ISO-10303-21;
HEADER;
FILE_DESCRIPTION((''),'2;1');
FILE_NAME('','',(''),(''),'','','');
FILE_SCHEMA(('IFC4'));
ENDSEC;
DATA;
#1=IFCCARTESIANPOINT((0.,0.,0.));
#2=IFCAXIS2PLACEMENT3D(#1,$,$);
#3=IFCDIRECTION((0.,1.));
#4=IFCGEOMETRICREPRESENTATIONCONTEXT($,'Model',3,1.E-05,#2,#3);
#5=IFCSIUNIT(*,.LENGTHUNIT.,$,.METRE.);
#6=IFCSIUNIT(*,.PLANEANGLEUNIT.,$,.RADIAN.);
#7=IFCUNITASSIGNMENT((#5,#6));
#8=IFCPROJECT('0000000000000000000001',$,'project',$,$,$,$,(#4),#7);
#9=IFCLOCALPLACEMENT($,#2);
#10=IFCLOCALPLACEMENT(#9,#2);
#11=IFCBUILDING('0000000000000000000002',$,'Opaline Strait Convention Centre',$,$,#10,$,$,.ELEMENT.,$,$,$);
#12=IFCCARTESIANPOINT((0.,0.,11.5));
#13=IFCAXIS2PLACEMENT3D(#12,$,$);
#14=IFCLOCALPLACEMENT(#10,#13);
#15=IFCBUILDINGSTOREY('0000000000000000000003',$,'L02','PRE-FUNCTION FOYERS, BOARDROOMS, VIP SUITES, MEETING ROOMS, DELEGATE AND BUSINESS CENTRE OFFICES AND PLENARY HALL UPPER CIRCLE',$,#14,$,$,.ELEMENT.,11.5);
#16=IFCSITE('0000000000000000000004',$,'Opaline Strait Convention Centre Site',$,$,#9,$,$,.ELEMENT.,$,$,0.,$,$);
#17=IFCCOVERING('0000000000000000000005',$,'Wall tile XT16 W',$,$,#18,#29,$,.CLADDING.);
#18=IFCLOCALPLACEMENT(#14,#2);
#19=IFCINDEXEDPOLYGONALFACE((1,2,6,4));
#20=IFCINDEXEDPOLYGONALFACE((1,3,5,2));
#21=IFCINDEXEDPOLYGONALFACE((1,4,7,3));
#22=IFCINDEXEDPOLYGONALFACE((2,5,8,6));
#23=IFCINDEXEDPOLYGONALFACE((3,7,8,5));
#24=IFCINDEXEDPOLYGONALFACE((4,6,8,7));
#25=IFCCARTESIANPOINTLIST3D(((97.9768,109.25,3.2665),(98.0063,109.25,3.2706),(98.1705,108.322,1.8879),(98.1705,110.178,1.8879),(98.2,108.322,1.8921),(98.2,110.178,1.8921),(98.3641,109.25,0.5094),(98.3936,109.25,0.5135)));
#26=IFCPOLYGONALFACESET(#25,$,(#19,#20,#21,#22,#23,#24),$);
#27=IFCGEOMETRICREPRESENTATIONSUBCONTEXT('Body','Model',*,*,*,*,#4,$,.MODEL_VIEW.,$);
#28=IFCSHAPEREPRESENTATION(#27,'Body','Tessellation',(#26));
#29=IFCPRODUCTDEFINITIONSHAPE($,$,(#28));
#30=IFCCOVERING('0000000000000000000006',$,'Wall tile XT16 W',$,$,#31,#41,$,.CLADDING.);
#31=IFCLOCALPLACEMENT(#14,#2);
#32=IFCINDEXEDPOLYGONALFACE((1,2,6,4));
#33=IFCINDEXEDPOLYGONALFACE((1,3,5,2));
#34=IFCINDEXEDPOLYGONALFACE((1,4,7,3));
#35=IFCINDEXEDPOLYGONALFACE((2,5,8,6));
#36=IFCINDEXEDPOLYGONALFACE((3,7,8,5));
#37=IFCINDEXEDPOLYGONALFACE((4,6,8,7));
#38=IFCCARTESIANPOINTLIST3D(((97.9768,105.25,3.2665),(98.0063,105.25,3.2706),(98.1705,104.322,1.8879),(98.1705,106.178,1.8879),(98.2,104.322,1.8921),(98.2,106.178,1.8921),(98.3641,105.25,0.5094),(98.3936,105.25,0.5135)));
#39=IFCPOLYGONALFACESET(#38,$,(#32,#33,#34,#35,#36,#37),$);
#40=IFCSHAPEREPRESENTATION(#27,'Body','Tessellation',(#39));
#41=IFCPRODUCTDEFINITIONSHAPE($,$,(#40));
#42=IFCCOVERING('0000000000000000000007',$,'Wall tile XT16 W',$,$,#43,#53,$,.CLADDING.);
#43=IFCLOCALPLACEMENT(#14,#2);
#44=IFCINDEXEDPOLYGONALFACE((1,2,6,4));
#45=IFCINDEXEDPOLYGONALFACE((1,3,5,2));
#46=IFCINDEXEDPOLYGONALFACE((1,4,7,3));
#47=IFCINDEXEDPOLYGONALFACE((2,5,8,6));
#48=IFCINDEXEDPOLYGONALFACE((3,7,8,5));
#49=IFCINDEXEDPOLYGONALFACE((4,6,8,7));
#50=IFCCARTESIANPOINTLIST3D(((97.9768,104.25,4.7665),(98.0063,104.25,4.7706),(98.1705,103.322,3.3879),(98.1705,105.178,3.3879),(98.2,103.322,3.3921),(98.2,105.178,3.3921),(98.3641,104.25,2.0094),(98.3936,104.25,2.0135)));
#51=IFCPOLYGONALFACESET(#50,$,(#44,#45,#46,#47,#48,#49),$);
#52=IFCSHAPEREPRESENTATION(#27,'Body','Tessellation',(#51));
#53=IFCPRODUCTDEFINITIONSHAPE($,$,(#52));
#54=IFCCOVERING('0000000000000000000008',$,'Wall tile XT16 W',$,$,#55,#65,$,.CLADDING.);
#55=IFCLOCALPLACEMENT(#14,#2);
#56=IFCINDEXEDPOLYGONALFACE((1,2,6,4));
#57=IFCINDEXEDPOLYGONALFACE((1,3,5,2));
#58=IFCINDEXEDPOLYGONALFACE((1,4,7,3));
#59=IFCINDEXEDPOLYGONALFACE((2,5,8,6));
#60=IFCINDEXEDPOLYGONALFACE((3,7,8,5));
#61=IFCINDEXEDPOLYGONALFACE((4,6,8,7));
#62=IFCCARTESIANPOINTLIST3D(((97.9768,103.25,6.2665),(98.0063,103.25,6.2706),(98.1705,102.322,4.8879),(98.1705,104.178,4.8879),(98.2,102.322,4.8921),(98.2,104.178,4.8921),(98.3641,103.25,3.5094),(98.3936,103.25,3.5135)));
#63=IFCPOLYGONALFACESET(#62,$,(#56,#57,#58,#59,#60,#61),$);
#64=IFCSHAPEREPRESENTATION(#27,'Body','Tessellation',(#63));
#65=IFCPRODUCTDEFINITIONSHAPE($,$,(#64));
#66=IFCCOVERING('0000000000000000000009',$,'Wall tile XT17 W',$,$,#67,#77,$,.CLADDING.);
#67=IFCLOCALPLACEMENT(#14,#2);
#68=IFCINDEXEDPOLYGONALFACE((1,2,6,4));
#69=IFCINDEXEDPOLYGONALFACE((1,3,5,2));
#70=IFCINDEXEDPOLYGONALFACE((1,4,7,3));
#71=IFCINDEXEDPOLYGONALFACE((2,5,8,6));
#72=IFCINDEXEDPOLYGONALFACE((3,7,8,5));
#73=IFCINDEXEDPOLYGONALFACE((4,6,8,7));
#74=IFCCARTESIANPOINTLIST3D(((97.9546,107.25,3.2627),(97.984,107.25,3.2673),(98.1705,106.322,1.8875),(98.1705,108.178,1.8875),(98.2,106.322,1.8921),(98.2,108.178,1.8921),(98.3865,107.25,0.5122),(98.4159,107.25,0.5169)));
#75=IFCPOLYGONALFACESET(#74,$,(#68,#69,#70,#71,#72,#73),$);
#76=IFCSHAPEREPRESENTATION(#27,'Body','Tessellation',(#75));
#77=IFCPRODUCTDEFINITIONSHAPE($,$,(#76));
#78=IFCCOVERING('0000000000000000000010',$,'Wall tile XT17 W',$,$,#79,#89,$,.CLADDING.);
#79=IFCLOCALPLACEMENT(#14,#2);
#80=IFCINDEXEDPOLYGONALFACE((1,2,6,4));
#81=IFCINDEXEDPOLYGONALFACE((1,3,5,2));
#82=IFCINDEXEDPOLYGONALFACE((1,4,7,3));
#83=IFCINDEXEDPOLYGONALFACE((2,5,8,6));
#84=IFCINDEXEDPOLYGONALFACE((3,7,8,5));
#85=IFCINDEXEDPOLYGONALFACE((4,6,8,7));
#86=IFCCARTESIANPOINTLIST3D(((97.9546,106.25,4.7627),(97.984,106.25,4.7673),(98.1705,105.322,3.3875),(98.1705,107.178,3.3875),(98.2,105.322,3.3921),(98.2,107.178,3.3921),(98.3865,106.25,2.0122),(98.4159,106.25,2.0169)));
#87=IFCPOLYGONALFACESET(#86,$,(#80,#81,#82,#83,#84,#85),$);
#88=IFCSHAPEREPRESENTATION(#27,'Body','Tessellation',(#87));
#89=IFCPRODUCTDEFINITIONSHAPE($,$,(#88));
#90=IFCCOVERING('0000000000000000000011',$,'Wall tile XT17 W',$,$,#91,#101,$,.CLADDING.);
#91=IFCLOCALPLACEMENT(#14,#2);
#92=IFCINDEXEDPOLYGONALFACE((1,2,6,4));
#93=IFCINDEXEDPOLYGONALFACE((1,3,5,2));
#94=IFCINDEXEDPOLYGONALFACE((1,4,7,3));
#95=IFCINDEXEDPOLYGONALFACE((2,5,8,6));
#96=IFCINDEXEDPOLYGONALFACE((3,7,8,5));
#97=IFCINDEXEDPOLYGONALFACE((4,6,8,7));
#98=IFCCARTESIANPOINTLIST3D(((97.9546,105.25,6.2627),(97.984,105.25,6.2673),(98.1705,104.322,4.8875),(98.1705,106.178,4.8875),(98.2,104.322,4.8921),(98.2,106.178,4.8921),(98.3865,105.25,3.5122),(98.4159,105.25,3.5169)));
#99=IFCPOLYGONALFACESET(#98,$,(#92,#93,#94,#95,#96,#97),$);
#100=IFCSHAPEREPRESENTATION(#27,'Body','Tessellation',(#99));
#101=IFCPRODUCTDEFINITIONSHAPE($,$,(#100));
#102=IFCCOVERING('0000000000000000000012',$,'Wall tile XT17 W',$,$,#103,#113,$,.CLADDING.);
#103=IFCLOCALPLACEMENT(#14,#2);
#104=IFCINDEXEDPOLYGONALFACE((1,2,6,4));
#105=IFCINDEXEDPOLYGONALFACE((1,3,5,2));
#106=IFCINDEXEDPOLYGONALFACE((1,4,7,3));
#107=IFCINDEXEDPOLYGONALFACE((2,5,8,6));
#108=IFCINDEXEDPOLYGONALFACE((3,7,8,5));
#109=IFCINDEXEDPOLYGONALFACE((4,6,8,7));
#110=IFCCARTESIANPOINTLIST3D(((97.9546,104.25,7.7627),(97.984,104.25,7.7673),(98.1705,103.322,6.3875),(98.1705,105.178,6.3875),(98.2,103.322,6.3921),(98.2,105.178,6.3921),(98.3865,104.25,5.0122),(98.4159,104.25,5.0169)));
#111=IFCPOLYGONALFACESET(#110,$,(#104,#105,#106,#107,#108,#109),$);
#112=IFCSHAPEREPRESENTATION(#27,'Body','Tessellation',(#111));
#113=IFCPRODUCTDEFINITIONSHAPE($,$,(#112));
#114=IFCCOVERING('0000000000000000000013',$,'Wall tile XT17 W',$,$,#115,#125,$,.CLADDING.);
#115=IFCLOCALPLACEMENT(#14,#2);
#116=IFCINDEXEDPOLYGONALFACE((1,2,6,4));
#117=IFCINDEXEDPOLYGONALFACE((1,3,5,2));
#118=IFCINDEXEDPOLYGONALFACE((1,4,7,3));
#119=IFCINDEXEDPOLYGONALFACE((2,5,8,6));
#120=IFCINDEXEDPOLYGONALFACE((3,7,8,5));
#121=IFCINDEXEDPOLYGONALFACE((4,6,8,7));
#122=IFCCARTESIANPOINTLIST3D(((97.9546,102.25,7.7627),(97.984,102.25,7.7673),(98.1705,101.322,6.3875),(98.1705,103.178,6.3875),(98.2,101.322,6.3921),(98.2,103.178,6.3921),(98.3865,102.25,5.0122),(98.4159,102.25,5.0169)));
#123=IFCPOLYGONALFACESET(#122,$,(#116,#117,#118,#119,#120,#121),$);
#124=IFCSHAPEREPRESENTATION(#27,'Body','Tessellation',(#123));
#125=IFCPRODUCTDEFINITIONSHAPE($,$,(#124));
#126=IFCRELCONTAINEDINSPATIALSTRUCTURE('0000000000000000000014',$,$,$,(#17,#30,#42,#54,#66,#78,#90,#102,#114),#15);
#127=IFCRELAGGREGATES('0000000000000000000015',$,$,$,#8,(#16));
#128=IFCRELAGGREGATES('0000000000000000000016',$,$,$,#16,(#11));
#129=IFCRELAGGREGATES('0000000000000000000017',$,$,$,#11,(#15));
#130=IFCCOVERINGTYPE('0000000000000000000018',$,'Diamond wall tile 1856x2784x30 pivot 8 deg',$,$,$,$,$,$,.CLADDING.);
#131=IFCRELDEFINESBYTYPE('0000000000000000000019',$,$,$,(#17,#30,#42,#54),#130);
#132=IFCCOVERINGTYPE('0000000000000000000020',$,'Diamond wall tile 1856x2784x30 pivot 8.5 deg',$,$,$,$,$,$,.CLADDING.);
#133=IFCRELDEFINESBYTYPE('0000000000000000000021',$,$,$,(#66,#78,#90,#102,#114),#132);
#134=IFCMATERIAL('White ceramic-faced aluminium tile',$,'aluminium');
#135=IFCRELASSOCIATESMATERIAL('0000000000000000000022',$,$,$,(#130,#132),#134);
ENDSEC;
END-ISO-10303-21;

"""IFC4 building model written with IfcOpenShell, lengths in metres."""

from ifc_helpers import new_model, si_unit, direction, frame, origin, place, context, subcontext, project, spatial, polyline, outline, extrude, material, material_profile, profile_set, type_object, element, save


model = new_model("IFC4")

# Units and contexts
model_context = context("Model", 3, precision=1e-05, world=origin(), true_north=direction((0.0, 1.0)))
body_context = subcontext(model_context, "Body", "Model", "MODEL_VIEW")
ifc_project = project(units=[si_unit("LENGTHUNIT", "METRE"), si_unit("PLANEANGLEUNIT", "RADIAN")], contexts=[model_context])

# Site, building, storey
site_placement = place(None, origin())
site = spatial("IfcSite", under=ifc_project, at=site_placement, Name="Opaline Strait Convention Centre Site", CompositionType="ELEMENT", RefElevation=0.0)
building_placement = place(site_placement, origin())
building = spatial("IfcBuilding", under=site, at=building_placement, Name="Opaline Strait Convention Centre", CompositionType="ELEMENT")
storey_placement = place(building_placement, frame((0.0, 0.0, 11.5)))
storey = spatial("IfcBuildingStorey", under=building, at=storey_placement, Name="L02", Description="PRE-FUNCTION FOYERS, BOARDROOMS, VIP SUITES, MEETING ROOMS, DELEGATE AND BUSINESS CENTRE OFFICES AND PLENARY HALL UPPER CIRCLE", CompositionType="ELEMENT", Elevation=11.5)

# Coverings
ifc_material = material(Name="White ceramic-faced aluminium tile", Category="aluminium")
ifc_material_profile_1 = material_profile(ifc_material, outline(polyline([(0.928, 0.0), (0.0, 1.3921), (-0.928, 0.0), (0.0, -1.3921), (0.928, 0.0)])), Name="Diamond tile 1856x2784")
ifc_profile_set_1 = profile_set([ifc_material_profile_1], Name="White ceramic-faced aluminium tile")
covering_type_1 = type_object("IfcCoveringType", Name="Diamond wall tile 1856x2784x30 pivot 8 deg", PredefinedType="CLADDING", material=ifc_profile_set_1)
for number, where, z_axis, x_axis, name in (
    (1, (98.2, 109.25, 1.8921), (-0.990274, 0.0, -0.139129), (0.0, -1.0, 0.0), "Wall tile XT16 W"),
    (2, (98.2, 105.25, 1.8921), (-0.990274, 0.0, -0.139129), (0.0, -1.0, 0.0), "Wall tile XT16 W"),
    (3, (98.2, 104.25, 3.3921), (-0.990274, 0.0, -0.139129), (0.0, -1.0, 0.0), "Wall tile XT16 W"),
    (4, (98.2, 103.25, 4.8921), (-0.990274, 0.0, -0.139129), (0.0, -1.0, 0.0), "Wall tile XT16 W"),
):
    element("IfcCovering", number, at=place(storey_placement, frame(where, z_axis=z_axis, x_axis=x_axis)), inside=storey, type_object=covering_type_1, Name=name, PredefinedType="CLADDING", context=body_context, shape_type="SweptSolid", body=[
        extrude(outline(polyline([(0.928, 0.0), (0.0, 1.3921), (-0.928, 0.0), (0.0, -1.3921), (0.928, 0.0)])), origin(), (0.0, 0.0, 1.0), 0.0298),
    ])
ifc_material_profile_2 = material_profile(ifc_material, outline(polyline([(0.928, 0.0), (0.0, 1.3921), (-0.928, 0.0), (0.0, -1.3921), (0.928, 0.0)])), Name="Diamond tile 1856x2784")
ifc_profile_set_2 = profile_set([ifc_material_profile_2], Name="White ceramic-faced aluminium tile")
covering_type_2 = type_object("IfcCoveringType", Name="Diamond wall tile 1856x2784x30 pivot 8.5 deg", PredefinedType="CLADDING", material=ifc_profile_set_2)
for number, where, z_axis, x_axis, name in (
    (5, (98.2, 107.25, 1.8921), (-0.987895, 0.0, -0.155124), (0.0, -1.0, 0.0), "Wall tile XT17 W"),
    (6, (98.2, 106.25, 3.3921), (-0.987895, 0.0, -0.155124), (0.0, -1.0, 0.0), "Wall tile XT17 W"),
    (7, (98.2, 105.25, 4.8921), (-0.987895, 0.0, -0.155124), (0.0, -1.0, 0.0), "Wall tile XT17 W"),
    (8, (98.2, 104.25, 6.3921), (-0.987895, 0.0, -0.155124), (0.0, -1.0, 0.0), "Wall tile XT17 W"),
    (9, (98.2, 102.25, 6.3921), (-0.987895, 0.0, -0.155124), (0.0, -1.0, 0.0), "Wall tile XT17 W"),
):
    element("IfcCovering", number, at=place(storey_placement, frame(where, z_axis=z_axis, x_axis=x_axis)), inside=storey, type_object=covering_type_2, Name=name, PredefinedType="CLADDING", context=body_context, shape_type="SweptSolid", body=[
        extrude(outline(polyline([(0.928, 0.0), (0.0, 1.3921), (-0.928, 0.0), (0.0, -1.3921), (0.928, 0.0)])), origin(), (0.0, 0.0, 1.0), 0.0298),
    ])

save(model, "model.ifc")
